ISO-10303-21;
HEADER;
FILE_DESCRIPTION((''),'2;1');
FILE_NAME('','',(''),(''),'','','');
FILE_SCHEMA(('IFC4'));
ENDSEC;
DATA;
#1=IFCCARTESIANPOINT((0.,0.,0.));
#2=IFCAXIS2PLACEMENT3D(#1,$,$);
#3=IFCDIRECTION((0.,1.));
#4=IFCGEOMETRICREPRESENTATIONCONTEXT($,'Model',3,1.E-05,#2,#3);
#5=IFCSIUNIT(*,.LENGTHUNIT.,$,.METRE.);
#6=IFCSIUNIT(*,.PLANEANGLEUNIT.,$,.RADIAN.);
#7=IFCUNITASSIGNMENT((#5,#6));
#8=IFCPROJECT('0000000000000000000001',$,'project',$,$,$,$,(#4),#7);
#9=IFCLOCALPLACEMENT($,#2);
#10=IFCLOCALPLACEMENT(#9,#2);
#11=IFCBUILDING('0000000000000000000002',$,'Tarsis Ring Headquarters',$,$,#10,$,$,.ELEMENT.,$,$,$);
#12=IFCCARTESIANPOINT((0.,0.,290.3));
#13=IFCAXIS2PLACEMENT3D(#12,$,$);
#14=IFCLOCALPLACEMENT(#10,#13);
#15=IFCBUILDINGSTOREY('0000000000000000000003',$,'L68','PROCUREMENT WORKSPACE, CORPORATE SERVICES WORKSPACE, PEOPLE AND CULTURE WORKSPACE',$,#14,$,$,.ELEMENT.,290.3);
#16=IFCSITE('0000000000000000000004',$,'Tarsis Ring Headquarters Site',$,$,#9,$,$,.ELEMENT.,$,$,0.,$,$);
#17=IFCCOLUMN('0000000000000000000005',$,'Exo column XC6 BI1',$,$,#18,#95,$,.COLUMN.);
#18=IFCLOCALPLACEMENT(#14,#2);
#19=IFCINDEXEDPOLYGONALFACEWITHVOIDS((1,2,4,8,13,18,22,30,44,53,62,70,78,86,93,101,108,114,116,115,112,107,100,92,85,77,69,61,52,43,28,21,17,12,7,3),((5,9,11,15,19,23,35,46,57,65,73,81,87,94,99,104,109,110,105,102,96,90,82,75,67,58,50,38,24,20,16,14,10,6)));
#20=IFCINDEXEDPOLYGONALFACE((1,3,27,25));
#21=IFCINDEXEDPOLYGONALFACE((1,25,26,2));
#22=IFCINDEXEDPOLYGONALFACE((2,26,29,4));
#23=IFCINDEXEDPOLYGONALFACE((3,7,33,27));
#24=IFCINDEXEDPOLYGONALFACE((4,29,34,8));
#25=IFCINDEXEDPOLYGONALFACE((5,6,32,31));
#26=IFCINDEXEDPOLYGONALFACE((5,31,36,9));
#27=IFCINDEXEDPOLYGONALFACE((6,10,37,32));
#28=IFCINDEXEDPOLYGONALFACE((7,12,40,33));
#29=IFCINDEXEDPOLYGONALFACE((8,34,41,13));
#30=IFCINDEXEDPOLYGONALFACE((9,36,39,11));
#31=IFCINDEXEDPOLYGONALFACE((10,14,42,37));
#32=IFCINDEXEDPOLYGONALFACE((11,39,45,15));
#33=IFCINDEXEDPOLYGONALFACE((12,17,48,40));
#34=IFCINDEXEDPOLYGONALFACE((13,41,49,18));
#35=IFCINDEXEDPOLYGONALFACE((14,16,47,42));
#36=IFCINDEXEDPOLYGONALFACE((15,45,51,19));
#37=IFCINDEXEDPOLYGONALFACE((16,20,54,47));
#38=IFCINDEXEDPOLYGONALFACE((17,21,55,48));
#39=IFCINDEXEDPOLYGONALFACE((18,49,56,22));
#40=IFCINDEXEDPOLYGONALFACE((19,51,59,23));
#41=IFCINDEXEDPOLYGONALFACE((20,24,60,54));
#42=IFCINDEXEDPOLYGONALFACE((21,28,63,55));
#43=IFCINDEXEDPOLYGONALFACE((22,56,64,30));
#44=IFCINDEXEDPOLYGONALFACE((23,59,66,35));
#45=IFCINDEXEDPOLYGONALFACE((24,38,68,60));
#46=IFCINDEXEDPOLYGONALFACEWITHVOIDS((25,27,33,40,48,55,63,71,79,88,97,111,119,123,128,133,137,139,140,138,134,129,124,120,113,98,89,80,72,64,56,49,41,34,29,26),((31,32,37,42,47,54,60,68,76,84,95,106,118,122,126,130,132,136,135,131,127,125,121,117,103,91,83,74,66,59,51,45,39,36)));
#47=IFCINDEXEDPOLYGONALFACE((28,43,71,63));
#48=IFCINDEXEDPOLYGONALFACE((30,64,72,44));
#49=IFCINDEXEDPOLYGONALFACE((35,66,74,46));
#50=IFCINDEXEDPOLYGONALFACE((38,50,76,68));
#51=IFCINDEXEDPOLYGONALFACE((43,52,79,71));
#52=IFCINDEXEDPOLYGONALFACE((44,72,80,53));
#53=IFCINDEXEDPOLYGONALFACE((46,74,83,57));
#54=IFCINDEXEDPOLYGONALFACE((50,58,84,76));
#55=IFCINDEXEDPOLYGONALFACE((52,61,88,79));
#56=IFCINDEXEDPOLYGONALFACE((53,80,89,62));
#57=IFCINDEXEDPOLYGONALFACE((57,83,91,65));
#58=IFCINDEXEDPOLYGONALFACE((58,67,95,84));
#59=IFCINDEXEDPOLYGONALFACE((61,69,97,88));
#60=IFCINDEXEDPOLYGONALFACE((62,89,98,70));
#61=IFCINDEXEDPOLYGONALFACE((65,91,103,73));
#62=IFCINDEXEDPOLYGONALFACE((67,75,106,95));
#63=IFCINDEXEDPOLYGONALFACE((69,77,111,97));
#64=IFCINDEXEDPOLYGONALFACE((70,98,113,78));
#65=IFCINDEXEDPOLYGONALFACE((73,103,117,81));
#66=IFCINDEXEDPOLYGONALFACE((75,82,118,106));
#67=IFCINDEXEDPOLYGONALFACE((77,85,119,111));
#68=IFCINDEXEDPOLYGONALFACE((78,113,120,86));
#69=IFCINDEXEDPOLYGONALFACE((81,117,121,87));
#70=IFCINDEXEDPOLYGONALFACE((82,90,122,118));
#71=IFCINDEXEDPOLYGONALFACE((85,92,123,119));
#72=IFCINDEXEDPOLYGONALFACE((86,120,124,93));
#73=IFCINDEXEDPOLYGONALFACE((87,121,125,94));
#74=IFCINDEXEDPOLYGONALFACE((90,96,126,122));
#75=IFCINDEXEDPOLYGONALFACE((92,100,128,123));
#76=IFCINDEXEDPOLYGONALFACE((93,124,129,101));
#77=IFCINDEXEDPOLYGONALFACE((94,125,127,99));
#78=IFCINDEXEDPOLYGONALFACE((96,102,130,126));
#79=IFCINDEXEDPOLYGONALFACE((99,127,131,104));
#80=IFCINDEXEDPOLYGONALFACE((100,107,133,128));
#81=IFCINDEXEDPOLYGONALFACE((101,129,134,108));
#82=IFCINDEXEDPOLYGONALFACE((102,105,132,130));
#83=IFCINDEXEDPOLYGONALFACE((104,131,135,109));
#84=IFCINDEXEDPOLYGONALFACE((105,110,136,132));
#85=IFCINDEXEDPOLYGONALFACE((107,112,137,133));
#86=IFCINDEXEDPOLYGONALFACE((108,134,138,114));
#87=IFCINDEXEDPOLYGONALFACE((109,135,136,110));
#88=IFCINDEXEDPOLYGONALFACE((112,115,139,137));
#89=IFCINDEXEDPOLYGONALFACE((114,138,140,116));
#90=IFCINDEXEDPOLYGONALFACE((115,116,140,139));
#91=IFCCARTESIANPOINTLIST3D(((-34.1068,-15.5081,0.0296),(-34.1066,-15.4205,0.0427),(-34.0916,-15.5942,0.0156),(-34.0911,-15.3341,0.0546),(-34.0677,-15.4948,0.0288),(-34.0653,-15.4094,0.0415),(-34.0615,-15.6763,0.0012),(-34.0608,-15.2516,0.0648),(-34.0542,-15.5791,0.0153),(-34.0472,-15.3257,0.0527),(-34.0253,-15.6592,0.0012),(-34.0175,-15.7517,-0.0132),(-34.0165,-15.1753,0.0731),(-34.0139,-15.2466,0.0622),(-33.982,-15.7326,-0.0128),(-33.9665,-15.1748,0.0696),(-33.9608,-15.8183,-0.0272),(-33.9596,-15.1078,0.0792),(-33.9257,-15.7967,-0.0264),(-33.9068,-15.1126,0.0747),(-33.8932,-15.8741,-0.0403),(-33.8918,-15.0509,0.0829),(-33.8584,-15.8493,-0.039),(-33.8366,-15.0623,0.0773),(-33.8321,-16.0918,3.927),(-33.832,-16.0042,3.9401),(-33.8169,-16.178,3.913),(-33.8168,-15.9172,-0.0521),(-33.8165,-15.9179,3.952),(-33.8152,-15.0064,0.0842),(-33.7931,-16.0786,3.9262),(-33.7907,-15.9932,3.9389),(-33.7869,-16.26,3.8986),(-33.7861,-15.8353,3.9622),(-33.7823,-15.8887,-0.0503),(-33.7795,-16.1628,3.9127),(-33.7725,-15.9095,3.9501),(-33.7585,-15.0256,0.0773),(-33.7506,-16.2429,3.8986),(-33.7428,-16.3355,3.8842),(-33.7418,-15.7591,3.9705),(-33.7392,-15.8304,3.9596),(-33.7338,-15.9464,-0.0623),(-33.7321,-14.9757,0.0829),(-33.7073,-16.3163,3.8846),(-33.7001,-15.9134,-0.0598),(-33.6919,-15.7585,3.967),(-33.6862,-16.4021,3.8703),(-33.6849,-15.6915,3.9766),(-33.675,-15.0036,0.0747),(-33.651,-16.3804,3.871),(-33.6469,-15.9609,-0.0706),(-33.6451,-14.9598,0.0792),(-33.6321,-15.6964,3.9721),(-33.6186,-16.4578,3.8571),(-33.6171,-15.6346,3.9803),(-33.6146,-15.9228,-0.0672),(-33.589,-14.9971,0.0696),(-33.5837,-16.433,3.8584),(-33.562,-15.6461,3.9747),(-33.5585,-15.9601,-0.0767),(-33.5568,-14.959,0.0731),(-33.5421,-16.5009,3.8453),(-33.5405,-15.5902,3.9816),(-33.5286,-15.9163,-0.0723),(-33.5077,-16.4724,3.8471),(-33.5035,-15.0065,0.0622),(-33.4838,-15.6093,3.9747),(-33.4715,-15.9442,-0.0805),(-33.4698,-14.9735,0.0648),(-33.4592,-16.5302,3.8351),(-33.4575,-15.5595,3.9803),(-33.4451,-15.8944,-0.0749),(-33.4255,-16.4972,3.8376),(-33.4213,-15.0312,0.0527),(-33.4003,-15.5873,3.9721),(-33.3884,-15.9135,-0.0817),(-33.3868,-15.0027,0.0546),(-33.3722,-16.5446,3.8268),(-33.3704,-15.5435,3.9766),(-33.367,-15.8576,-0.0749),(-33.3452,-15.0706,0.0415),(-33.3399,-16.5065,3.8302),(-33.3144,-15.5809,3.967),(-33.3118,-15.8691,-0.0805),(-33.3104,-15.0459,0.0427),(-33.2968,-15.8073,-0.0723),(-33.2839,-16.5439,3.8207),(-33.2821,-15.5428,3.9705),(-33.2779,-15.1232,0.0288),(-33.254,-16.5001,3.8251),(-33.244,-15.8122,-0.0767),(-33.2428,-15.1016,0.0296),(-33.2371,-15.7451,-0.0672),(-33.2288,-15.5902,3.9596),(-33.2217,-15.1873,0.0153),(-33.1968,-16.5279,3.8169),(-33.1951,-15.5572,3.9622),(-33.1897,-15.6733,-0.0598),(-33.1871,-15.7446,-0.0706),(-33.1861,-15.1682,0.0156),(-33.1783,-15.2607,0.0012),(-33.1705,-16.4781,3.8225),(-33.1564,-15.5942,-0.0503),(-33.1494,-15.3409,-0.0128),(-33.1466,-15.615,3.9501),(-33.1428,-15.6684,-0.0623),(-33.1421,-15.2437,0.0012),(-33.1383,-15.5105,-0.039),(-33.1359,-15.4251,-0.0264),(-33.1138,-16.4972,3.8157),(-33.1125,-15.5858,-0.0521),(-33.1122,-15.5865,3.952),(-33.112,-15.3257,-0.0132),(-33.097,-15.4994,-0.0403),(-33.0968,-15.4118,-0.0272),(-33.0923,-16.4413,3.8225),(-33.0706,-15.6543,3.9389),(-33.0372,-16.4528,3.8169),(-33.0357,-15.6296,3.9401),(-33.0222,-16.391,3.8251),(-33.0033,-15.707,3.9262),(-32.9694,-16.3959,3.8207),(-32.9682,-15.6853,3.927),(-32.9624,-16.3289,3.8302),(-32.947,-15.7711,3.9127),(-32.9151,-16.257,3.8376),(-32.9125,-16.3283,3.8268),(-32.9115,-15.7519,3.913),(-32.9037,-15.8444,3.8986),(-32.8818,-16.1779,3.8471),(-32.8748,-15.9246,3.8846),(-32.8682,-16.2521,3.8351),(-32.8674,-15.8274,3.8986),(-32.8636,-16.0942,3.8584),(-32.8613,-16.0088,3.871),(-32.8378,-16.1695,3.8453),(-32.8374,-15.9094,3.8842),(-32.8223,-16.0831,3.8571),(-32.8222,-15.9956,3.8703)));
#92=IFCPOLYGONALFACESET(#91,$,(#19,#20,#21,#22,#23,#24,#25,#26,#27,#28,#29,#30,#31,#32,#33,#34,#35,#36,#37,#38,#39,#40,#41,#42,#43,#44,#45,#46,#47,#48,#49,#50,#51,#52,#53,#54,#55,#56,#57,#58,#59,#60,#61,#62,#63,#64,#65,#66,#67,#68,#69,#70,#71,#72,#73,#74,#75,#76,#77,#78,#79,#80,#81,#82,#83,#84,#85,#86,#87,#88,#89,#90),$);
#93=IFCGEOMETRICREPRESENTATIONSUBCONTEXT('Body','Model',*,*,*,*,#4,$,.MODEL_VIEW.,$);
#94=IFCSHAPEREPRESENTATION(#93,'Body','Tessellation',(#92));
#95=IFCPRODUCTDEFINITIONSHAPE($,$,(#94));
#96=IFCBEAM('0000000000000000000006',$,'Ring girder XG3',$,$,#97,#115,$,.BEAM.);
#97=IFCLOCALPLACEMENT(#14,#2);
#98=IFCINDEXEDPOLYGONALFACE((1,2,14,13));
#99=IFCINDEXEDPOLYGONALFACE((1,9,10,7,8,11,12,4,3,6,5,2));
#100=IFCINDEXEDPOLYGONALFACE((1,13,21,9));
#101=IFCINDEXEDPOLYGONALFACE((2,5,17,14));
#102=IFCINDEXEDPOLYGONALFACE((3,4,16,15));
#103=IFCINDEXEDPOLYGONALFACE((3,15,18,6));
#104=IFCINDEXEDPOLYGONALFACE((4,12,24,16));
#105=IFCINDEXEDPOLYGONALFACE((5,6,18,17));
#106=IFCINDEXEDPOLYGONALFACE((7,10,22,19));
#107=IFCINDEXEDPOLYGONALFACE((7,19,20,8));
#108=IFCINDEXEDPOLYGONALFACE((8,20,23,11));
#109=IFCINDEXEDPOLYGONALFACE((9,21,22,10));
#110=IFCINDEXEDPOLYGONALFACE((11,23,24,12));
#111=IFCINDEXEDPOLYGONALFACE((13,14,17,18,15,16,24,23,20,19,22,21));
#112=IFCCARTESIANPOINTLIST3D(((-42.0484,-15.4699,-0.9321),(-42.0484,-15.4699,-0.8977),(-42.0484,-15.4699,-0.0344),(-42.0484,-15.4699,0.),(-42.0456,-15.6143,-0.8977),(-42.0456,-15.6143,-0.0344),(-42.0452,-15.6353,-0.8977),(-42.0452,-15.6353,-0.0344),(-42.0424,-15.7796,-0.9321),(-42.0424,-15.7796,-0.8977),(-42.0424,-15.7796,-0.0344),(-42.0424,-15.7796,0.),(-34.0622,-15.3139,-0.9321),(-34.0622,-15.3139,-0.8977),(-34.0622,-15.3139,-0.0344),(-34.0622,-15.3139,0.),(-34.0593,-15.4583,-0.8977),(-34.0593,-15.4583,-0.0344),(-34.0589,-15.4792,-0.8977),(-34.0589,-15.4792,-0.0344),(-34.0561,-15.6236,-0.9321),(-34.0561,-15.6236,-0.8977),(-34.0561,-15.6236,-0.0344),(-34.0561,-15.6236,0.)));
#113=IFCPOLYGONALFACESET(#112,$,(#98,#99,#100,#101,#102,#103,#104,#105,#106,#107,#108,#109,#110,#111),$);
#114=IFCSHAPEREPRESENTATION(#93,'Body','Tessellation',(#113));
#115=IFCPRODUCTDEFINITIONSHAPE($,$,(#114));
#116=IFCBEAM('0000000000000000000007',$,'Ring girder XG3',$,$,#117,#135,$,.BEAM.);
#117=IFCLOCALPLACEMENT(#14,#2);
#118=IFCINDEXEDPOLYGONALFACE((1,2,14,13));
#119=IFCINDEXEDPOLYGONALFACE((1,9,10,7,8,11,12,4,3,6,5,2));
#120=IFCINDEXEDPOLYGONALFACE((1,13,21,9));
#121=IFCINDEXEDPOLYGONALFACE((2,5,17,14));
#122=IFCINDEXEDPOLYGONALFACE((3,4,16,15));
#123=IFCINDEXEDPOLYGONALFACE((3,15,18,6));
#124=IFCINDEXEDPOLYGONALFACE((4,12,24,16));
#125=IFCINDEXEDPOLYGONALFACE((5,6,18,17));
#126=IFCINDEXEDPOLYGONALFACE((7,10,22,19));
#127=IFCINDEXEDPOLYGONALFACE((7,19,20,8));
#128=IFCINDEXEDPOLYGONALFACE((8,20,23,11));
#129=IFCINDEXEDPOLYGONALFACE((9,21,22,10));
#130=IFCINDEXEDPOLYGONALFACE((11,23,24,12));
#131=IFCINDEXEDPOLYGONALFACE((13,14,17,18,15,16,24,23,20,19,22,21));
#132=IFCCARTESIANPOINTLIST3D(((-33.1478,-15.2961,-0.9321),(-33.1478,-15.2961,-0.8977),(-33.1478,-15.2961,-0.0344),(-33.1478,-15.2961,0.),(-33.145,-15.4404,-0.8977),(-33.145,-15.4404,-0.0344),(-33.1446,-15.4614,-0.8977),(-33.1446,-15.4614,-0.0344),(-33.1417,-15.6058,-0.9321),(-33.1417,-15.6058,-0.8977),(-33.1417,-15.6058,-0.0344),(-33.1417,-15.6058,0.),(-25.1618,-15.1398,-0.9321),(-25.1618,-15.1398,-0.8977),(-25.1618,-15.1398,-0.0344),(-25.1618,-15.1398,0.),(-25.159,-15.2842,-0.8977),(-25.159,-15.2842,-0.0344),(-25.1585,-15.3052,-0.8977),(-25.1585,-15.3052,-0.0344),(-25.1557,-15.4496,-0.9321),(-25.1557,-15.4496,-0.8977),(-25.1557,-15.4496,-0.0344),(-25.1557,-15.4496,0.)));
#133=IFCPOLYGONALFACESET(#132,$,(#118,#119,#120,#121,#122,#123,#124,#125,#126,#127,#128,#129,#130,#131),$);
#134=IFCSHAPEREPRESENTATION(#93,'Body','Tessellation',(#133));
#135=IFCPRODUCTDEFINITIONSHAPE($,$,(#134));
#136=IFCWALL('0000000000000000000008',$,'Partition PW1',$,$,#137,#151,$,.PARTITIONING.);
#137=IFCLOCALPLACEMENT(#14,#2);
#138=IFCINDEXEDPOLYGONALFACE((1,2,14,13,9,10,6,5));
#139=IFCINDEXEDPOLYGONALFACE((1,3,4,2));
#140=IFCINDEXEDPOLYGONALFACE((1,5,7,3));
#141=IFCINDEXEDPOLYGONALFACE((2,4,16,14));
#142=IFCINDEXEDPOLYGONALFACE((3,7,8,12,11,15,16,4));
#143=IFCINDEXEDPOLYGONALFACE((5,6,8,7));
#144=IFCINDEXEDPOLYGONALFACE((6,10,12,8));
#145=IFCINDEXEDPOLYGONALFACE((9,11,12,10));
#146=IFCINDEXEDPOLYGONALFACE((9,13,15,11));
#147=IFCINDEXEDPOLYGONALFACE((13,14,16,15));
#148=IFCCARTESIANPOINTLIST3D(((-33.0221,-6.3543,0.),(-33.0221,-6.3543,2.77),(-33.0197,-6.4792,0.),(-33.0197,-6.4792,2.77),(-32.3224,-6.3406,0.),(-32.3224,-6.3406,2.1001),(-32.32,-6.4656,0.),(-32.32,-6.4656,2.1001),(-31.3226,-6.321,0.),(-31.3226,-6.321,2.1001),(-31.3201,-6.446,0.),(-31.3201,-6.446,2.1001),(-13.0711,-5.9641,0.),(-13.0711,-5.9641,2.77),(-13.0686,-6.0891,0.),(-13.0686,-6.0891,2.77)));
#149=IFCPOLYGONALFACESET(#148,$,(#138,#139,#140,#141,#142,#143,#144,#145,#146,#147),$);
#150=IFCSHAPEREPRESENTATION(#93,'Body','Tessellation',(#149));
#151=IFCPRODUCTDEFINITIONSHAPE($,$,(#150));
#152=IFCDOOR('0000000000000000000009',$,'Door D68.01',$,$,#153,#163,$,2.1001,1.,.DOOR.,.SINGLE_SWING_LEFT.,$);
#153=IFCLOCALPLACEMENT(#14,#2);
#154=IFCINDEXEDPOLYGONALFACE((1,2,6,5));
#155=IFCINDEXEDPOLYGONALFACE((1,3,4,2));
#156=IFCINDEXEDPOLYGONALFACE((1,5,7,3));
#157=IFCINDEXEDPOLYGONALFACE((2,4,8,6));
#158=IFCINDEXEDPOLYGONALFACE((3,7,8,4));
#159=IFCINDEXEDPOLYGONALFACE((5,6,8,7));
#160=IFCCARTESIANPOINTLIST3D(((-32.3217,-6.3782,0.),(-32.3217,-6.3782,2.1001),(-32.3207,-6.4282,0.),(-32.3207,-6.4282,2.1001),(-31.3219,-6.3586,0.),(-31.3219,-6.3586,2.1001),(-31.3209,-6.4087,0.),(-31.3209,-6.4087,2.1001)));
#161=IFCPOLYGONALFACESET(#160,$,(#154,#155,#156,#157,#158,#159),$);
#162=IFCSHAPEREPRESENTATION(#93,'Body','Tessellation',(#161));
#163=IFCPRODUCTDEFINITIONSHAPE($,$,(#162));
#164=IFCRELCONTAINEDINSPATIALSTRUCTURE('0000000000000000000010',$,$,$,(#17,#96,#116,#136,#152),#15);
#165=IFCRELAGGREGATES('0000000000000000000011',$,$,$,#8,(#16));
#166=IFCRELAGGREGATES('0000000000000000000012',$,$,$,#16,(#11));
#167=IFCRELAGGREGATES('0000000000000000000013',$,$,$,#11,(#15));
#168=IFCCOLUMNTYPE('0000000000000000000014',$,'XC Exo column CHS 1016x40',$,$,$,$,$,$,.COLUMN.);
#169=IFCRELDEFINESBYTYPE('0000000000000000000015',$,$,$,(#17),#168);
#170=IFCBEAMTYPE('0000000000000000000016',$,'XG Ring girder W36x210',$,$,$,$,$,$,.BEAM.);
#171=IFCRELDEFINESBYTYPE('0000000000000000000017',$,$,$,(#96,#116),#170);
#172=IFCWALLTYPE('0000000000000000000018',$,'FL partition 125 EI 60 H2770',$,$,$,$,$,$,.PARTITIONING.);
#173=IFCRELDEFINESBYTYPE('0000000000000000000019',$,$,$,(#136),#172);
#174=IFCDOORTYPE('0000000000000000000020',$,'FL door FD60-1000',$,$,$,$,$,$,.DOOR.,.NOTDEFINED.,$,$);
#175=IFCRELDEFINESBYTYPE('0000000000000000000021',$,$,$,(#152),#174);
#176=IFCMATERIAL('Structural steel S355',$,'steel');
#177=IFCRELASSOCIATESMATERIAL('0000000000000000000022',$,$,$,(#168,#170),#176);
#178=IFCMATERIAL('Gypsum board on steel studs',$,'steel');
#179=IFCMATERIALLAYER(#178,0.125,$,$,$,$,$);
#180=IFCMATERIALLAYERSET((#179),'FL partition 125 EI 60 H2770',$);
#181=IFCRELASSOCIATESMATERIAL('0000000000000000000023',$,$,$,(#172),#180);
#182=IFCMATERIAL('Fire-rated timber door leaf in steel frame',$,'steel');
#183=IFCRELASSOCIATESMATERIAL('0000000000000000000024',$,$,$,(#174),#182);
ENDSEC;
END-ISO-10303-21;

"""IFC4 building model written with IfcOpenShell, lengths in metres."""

from ifc_helpers import new_model, si_unit, direction, frame, frame_2d, origin, origin_2d, place, context, subcontext, project, spatial, rectangle, hollow_circle, i_section, extrude, material, layer, layer_set, material_profile, profile_set, type_object, element, fill, save


model = new_model("IFC4")

# Units and contexts
model_context = context("Model", 3, precision=1e-05, world=origin(), true_north=direction((0.0, 1.0)))
body_context = subcontext(model_context, "Body", "Model", "MODEL_VIEW")
ifc_project = project(units=[si_unit("LENGTHUNIT", "METRE"), si_unit("PLANEANGLEUNIT", "RADIAN")], contexts=[model_context])

# Site, building, storey
site_placement = place(None, origin())
site = spatial("IfcSite", under=ifc_project, at=site_placement, Name="Tarsis Ring Headquarters Site", CompositionType="ELEMENT", RefElevation=0.0)
building_placement = place(site_placement, origin())
building = spatial("IfcBuilding", under=site, at=building_placement, Name="Tarsis Ring Headquarters", CompositionType="ELEMENT")
storey_placement = place(building_placement, frame((0.0, 0.0, 290.3)))
storey = spatial("IfcBuildingStorey", under=building, at=storey_placement, Name="L68", Description="PROCUREMENT WORKSPACE, CORPORATE SERVICES WORKSPACE, PEOPLE AND CULTURE WORKSPACE", CompositionType="ELEMENT", Elevation=290.3)

# Column
ifc_material_1 = material(Name="Structural steel S355", Category="steel")
ifc_material_profile_1 = material_profile(ifc_material_1, hollow_circle(Radius=0.5081, WallThickness=0.04, at=origin_2d()), Name="CHS 1016x40")
ifc_profile_set_1 = profile_set([ifc_material_profile_1], Name="Structural steel S355")
column_type = type_object("IfcColumnType", Name="XC Exo column CHS 1016x40", PredefinedType="COLUMN", material=ifc_profile_set_1)
column_placement = place(storey_placement, frame((-33.6018, -15.46, 0.0012), z_axis=(0.069525, -0.147764, 0.986576), x_axis=(0.904844, 0.425742, 0.0)))
element("IfcColumn", 1, at=column_placement, inside=storey, type_object=column_type, Name="Exo column XC6 BI1", PredefinedType="COLUMN", context=body_context, shape_type="SweptSolid", body=[
    extrude(hollow_circle(Radius=0.5081, WallThickness=0.04, at=origin_2d()), origin(), (0.0, 0.0, 1.0), 3.9504),
])

# Beams
ifc_material_profile_2 = material_profile(ifc_material_1, i_section(OverallWidth=0.3098, OverallDepth=0.9321, WebThickness=0.021, FlangeThickness=0.0344, at=origin_2d()), Name="W36x210")
ifc_profile_set_2 = profile_set([ifc_material_profile_2], Name="Structural steel S355")
beam_type = type_object("IfcBeamType", Name="XG Ring girder W36x210", PredefinedType="BEAM", material=ifc_profile_set_2)
beam_1_placement = place(storey_placement, frame((-42.0454, -15.6248, -0.4661), z_axis=(0.999809, 0.01953, 0.0), x_axis=(-0.01953, 0.999809, 0.0)))
element("IfcBeam", 2, at=beam_1_placement, inside=storey, type_object=beam_type, Name="Ring girder XG3", PredefinedType="BEAM", context=body_context, shape_type="SweptSolid", body=[
    extrude(i_section(OverallWidth=0.3098, OverallDepth=0.9321, WebThickness=0.021, FlangeThickness=0.0344, at=origin_2d()), origin(), (0.0, 0.0, 1.0), 7.9878),
])
beam_2_placement = place(storey_placement, frame((-33.1448, -15.4509, -0.4661), z_axis=(0.999809, 0.019562, 0.0), x_axis=(-0.019562, 0.999809, 0.0)))
element("IfcBeam", 3, at=beam_2_placement, inside=storey, type_object=beam_type, Name="Ring girder XG3", PredefinedType="BEAM", context=body_context, shape_type="SweptSolid", body=[
    extrude(i_section(OverallWidth=0.3098, OverallDepth=0.9321, WebThickness=0.021, FlangeThickness=0.0344, at=origin_2d()), origin(), (0.0, 0.0, 1.0), 7.9875),
])

# Wall, opening, door
ifc_material_2 = material(Name="Gypsum board on steel studs", Category="steel")
ifc_layer_1 = layer(ifc_material_2, 0.125)
ifc_layer_set_1 = layer_set([ifc_layer_1], Name="FL partition 125 EI 60 H2770")
wall_type_1 = type_object("IfcWallType", Name="FL partition 125 EI 60 H2770", PredefinedType="PARTITIONING", material=ifc_layer_set_1)
wall_1_placement = place(storey_placement, frame((-33.021, -6.4167, 0.0), z_axis=(0.0, 0.0, 1.0), x_axis=(0.999809, 0.019551, 0.0)))
wall_1 = element("IfcWall", 4, at=wall_1_placement, inside=storey, type_object=wall_type_1, Name="Partition PW1", PredefinedType="PARTITIONING", context=body_context, shape_type="SweptSolid", body=[
    extrude(rectangle(XDim=19.9548, YDim=0.125, at=frame_2d((9.9775, 0.0))), origin(), (0.0, 0.0, 1.0), 2.77),
])
opening_1_placement = place(wall_1_placement, frame((0.7, 0.0, 0.0)))
opening_1 = element("IfcOpeningElement", 5, at=opening_1_placement, cuts=wall_1, PredefinedType="OPENING", context=body_context, shape_type="SweptSolid", body=[
    extrude(rectangle(XDim=1.0, YDim=2.1001, at=frame_2d((0.5, 1.05))), frame((0.0, 0.0725, 0.0), z_axis=(0.0, -1.0, 0.0), x_axis=(1.0, 0.0, 0.0)), (0.0, 0.0, 1.0), 0.145),
])
ifc_material_3 = material(Name="Fire-rated timber door leaf in steel frame", Category="steel")
door_type = type_object("IfcDoorType", Name="FL door FD60-1000", OperationType="NOTDEFINED", PredefinedType="DOOR", material=ifc_material_3)
door_placement = place(opening_1_placement, origin())
door = element("IfcDoor", 6, at=door_placement, inside=storey, type_object=door_type, Name="Door D68.01", OperationType="SINGLE_SWING_LEFT", OverallHeight=2.1001, OverallWidth=1.0, PredefinedType="DOOR", context=body_context, shape_type="SweptSolid", body=[
    extrude(rectangle(XDim=1.0, YDim=2.1001, at=frame_2d((0.5, 1.05))), frame((0.0, 0.0249, 0.0), z_axis=(0.0, -1.0, 0.0), x_axis=(1.0, 0.0, 0.0)), (0.0, 0.0, 1.0), 0.05),
])
fill(opening_1, door)

save(model, "model.ifc")
